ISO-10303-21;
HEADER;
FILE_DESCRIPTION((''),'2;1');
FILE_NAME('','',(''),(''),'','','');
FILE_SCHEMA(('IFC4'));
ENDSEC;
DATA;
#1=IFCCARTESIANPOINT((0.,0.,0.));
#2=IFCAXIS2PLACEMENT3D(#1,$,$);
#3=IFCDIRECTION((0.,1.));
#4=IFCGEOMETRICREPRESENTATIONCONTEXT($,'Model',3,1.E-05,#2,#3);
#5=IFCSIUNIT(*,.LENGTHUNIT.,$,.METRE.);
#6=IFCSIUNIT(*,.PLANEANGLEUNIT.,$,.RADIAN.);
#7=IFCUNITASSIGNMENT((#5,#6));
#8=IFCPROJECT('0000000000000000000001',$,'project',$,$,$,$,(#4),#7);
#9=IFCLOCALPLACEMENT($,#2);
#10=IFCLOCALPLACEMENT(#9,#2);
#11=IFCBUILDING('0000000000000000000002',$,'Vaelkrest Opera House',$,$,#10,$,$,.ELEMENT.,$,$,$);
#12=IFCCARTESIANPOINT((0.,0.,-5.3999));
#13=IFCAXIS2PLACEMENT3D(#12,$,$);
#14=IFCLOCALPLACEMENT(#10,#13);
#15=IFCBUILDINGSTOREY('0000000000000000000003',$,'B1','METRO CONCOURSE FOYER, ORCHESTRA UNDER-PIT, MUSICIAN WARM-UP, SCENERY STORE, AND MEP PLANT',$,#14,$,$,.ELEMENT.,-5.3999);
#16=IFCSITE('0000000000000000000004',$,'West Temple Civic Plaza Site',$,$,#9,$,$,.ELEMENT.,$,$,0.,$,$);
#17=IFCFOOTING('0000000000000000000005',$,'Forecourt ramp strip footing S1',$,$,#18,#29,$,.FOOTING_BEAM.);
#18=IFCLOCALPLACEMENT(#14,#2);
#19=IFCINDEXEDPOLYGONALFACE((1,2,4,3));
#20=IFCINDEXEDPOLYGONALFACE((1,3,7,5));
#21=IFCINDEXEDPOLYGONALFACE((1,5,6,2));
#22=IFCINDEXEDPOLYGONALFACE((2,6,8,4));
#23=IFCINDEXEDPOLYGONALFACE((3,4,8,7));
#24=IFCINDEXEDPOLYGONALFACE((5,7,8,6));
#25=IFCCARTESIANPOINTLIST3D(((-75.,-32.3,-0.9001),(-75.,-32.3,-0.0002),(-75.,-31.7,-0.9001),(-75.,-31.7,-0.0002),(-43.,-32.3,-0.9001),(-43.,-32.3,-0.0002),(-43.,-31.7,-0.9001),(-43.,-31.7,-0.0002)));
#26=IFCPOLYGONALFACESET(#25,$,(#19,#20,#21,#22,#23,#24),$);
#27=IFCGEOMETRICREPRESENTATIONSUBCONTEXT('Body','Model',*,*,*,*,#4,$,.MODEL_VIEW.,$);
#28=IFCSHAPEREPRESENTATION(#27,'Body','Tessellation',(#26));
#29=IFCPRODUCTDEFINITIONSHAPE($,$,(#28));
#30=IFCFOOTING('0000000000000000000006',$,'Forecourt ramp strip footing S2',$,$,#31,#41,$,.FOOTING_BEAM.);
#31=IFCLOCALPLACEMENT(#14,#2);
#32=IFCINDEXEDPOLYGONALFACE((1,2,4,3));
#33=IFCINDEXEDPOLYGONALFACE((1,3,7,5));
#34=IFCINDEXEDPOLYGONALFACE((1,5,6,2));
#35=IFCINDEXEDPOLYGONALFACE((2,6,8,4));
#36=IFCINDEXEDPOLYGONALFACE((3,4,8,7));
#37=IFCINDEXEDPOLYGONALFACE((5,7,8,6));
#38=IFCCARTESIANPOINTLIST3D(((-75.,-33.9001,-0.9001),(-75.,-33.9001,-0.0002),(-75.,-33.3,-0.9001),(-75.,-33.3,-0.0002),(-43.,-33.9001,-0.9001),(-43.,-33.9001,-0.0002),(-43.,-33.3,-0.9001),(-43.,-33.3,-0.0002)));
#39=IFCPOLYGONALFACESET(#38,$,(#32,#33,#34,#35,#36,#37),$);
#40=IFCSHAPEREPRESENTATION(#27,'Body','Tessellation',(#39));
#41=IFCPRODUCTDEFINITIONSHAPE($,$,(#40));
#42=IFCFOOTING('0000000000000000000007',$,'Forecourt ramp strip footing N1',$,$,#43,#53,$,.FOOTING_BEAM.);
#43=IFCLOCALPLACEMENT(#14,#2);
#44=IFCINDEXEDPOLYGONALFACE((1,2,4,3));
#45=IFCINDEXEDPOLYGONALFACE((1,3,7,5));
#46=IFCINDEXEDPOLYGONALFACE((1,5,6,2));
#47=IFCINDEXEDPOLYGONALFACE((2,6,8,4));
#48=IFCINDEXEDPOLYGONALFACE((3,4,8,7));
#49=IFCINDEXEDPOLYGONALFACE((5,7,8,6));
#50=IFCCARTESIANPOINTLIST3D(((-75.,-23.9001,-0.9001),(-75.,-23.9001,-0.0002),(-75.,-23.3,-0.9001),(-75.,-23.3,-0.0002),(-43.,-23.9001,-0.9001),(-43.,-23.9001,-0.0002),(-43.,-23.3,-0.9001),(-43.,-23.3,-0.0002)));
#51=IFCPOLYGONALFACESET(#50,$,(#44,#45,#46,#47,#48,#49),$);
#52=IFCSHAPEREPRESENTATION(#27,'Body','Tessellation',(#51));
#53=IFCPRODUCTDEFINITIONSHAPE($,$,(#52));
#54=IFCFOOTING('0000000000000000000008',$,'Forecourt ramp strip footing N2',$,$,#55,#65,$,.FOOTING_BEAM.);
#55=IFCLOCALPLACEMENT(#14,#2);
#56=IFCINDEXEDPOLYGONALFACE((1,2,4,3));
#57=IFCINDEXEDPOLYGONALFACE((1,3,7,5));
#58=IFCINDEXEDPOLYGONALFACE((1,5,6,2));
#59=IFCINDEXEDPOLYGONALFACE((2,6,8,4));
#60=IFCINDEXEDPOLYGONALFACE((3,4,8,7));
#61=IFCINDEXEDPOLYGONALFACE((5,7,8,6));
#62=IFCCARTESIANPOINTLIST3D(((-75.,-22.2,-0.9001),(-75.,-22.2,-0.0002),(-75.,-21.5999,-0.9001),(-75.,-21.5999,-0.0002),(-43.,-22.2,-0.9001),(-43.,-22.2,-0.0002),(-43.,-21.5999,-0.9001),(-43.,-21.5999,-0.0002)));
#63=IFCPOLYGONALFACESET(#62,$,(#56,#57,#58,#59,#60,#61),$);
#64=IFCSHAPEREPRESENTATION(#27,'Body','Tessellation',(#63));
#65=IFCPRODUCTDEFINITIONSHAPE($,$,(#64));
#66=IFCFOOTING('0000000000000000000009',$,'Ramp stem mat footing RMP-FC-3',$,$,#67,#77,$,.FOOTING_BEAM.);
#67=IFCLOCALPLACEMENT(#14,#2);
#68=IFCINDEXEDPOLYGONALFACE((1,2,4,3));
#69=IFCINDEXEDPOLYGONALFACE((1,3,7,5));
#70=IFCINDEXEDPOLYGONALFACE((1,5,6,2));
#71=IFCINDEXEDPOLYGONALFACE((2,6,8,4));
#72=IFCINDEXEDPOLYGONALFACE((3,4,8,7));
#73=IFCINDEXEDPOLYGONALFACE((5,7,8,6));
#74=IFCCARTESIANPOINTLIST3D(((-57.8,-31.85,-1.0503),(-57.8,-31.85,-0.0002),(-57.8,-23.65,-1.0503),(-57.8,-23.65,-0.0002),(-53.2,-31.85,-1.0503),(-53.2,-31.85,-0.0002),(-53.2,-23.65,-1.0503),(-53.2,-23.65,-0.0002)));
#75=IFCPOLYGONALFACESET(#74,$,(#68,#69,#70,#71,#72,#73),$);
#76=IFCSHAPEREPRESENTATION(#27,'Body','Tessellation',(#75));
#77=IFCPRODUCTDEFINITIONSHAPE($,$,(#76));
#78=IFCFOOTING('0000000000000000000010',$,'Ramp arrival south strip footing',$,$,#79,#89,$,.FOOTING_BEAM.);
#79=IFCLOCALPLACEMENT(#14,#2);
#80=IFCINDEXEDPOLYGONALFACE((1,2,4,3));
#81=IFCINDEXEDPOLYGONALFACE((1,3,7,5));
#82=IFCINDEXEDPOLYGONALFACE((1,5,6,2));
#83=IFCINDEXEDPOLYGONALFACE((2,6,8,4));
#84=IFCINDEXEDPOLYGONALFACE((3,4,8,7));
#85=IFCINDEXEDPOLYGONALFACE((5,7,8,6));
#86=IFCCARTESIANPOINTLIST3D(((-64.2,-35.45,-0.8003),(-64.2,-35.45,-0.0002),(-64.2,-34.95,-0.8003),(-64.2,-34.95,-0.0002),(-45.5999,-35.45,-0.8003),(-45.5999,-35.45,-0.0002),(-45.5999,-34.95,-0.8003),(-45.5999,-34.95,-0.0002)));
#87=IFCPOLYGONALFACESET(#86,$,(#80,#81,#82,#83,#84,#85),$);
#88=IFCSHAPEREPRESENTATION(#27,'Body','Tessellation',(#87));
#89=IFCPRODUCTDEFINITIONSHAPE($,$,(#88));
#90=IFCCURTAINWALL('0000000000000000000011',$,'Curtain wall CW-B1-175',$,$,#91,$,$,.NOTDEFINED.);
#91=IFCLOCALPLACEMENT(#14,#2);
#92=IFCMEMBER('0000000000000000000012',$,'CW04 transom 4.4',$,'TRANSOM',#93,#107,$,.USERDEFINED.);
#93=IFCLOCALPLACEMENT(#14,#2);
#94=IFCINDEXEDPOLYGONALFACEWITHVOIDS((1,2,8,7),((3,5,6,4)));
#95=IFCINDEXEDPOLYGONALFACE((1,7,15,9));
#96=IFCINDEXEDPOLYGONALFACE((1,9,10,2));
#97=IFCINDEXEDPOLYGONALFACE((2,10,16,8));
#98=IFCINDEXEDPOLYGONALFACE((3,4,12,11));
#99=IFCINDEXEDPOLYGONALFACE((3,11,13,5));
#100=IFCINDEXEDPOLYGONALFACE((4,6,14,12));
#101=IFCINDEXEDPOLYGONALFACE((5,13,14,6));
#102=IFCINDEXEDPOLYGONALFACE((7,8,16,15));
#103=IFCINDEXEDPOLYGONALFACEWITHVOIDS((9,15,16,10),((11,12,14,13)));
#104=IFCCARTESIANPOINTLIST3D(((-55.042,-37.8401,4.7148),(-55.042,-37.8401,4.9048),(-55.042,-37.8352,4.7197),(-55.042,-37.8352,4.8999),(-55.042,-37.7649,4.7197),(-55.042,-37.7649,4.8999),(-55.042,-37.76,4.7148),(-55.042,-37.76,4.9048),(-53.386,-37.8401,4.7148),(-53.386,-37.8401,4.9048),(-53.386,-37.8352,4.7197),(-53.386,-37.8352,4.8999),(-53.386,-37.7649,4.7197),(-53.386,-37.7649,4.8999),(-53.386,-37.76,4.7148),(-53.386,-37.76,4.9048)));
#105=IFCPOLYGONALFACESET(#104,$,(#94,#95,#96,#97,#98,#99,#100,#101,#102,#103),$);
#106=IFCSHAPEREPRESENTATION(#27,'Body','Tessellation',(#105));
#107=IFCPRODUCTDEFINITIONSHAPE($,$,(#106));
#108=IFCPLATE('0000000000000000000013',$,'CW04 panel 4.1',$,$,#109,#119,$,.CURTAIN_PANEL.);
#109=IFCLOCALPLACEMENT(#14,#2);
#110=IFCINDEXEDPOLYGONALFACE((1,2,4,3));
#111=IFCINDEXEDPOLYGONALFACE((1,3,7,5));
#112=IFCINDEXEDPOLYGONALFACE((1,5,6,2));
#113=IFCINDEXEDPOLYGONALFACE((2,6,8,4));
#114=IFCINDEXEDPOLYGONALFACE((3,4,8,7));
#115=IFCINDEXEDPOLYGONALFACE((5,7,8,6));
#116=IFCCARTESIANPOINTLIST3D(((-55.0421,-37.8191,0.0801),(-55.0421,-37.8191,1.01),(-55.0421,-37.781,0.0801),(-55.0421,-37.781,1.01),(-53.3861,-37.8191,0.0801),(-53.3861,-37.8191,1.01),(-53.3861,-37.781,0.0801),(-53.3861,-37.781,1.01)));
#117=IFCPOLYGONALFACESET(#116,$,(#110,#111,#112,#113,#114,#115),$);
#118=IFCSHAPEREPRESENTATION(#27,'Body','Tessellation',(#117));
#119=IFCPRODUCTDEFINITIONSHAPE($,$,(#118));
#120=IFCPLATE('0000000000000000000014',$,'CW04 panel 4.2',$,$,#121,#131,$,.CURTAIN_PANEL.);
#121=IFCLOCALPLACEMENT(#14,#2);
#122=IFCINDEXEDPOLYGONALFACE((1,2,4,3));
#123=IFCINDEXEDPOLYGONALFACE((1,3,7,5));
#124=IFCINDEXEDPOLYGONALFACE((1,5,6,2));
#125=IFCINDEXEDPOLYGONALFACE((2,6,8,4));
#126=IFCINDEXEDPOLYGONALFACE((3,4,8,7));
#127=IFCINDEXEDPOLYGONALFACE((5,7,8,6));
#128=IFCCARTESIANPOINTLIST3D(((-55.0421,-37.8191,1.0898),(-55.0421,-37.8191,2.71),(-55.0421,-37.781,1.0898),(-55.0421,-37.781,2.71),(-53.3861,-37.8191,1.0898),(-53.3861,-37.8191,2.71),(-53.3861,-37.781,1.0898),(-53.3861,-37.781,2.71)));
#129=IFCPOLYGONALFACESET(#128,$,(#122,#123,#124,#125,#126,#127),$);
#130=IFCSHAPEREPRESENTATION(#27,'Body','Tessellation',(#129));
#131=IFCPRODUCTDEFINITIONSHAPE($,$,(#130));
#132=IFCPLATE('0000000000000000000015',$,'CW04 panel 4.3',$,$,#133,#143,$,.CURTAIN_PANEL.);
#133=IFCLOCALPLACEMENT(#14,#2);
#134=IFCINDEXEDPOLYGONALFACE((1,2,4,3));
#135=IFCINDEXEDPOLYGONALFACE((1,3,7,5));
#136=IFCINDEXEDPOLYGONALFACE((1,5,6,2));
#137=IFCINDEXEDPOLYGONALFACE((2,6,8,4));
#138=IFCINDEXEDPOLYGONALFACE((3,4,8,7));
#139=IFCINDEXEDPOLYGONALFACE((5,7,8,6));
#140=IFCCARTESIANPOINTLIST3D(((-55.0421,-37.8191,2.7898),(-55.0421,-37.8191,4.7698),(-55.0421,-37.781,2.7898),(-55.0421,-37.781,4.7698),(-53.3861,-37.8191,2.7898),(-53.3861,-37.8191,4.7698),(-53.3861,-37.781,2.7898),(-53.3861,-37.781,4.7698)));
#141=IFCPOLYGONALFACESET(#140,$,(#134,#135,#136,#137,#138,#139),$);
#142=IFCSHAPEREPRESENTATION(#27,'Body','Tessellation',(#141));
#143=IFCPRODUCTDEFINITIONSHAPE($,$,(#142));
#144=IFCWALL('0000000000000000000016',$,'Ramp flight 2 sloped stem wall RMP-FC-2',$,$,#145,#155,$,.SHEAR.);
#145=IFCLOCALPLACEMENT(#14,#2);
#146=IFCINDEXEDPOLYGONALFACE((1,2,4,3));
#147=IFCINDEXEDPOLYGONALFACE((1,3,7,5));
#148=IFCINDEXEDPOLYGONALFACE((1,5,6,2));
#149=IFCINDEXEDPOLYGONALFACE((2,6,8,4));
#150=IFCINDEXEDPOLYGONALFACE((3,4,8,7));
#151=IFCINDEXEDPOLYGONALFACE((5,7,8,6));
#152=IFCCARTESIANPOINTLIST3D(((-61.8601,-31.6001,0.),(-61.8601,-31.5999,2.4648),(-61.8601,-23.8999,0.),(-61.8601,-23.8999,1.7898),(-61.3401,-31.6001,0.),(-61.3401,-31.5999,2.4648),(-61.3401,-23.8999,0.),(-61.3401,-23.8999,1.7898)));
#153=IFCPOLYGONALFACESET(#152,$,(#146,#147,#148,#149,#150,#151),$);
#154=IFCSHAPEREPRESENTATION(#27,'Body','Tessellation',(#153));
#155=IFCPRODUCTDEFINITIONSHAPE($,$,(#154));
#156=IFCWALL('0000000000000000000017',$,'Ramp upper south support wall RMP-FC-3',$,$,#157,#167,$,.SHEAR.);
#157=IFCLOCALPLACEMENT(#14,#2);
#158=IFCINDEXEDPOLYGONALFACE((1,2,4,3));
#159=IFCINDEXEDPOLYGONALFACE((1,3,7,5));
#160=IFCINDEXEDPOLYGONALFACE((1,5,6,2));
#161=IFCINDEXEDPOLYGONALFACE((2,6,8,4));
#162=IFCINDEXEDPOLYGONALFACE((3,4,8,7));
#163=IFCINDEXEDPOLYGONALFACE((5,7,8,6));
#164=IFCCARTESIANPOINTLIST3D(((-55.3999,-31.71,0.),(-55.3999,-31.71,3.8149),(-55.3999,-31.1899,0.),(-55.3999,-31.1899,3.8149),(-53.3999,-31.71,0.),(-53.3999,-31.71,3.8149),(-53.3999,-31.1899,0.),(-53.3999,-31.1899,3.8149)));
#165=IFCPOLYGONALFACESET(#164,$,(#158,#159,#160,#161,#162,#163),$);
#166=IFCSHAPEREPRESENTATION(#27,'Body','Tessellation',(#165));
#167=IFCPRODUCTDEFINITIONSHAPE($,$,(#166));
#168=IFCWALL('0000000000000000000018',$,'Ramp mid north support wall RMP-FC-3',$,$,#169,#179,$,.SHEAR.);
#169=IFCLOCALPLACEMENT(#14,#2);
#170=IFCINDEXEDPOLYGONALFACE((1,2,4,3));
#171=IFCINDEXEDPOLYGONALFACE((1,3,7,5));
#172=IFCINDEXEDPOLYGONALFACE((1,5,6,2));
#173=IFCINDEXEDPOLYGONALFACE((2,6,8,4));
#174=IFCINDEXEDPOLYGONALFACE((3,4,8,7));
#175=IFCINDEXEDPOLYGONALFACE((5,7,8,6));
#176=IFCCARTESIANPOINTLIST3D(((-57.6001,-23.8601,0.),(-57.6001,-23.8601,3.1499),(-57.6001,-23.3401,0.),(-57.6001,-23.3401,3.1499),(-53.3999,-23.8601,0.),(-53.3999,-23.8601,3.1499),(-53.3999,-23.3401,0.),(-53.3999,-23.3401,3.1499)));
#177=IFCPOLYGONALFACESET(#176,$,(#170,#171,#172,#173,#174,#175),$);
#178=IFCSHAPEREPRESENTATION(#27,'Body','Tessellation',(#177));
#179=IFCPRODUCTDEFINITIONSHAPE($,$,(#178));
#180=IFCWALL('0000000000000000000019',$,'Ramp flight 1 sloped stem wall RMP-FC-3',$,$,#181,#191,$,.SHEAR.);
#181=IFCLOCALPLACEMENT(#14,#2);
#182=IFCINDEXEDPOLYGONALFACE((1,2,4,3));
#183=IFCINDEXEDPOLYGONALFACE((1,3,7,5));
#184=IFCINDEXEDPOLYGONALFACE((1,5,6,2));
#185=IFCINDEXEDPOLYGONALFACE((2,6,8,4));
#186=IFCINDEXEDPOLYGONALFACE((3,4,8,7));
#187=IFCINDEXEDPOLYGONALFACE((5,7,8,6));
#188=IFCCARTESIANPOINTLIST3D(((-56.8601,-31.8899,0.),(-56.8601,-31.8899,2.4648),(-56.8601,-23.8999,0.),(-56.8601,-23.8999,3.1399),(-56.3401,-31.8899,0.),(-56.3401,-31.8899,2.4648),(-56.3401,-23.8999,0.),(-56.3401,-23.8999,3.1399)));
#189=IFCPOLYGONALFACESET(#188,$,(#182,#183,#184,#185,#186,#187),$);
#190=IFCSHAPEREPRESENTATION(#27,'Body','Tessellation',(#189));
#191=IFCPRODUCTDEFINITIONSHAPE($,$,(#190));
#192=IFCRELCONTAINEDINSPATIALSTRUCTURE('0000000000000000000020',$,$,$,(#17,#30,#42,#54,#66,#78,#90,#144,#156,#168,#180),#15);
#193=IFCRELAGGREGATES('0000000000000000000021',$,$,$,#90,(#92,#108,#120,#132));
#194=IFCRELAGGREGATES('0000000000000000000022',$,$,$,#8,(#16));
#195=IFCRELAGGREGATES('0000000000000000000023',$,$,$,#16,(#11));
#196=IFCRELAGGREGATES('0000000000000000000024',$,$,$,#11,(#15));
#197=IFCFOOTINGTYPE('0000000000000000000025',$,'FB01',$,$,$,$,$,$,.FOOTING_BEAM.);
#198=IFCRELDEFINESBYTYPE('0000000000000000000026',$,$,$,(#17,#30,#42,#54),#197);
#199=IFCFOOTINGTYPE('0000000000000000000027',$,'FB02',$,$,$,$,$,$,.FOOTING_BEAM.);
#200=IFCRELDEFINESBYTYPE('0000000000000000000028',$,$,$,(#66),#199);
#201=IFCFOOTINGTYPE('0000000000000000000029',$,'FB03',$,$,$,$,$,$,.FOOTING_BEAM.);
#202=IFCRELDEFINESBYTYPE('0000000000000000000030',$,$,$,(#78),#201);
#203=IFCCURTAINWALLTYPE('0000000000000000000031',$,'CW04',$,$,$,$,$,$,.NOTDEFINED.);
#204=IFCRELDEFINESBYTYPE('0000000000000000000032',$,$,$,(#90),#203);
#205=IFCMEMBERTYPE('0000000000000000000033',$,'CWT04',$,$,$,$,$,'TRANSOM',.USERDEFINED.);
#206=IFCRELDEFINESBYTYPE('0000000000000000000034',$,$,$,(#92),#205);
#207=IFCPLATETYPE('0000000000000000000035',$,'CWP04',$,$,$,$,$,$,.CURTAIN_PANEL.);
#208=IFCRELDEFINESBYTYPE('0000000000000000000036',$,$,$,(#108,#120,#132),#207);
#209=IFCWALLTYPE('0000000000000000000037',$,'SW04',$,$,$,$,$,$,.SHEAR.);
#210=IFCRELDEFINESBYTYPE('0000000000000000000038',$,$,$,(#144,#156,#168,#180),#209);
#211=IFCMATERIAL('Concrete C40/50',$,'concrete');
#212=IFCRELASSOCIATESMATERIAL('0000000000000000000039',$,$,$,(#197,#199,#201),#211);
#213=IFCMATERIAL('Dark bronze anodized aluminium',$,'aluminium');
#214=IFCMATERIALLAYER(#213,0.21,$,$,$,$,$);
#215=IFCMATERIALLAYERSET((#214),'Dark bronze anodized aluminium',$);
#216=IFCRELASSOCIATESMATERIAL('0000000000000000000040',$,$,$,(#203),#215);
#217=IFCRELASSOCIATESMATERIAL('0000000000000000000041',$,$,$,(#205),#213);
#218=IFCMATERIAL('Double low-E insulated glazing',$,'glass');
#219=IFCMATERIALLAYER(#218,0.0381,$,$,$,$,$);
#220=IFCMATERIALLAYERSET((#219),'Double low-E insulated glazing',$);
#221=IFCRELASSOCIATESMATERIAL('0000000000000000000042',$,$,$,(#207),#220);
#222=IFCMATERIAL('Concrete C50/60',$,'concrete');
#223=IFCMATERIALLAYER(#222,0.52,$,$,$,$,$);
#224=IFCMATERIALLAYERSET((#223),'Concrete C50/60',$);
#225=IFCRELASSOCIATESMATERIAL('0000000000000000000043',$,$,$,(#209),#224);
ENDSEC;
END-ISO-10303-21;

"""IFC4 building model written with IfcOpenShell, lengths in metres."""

from ifc_helpers import new_model, si_unit, direction, frame, frame_2d, origin, origin_2d, place, context, subcontext, project, spatial, polyline, rectangle, hollow_rectangle, outline, extrude, material, layer, layer_set, material_profile, profile_set, type_object, element, aggregate, save


model = new_model("IFC4")

# Units and contexts
model_context = context("Model", 3, precision=1e-05, world=origin(), true_north=direction((0.0, 1.0)))
body_context = subcontext(model_context, "Body", "Model", "MODEL_VIEW")
ifc_project = project(units=[si_unit("LENGTHUNIT", "METRE"), si_unit("PLANEANGLEUNIT", "RADIAN")], contexts=[model_context])

# Site, building, storey
site_placement = place(None, origin())
site = spatial("IfcSite", under=ifc_project, at=site_placement, Name="West Temple Civic Plaza Site", CompositionType="ELEMENT", RefElevation=0.0)
building_placement = place(site_placement, origin())
building = spatial("IfcBuilding", under=site, at=building_placement, Name="Vaelkrest Opera House", CompositionType="ELEMENT")
storey_placement = place(building_placement, frame((0.0, 0.0, -5.3999)))
storey = spatial("IfcBuildingStorey", under=building, at=storey_placement, Name="B1", Description="METRO CONCOURSE FOYER, ORCHESTRA UNDER-PIT, MUSICIAN WARM-UP, SCENERY STORE, AND MEP PLANT", CompositionType="ELEMENT", Elevation=-5.3999)

# Footings
ifc_material_1 = material(Name="Concrete C40/50", Category="concrete")
footing_type_1 = type_object("IfcFootingType", Name="FB01", PredefinedType="FOOTING_BEAM", material=ifc_material_1)
for number, where, z_axis, x_axis, name in (
    (1, (-59.0, -32.0, -0.9001), (0.0, 0.0, 1.0), (1.0, 0.0, 0.0), "Forecourt ramp strip footing S1"),
    (2, (-59.0, -33.6001, -0.9001), (0.0, 0.0, 1.0), (1.0, 0.0, 0.0), "Forecourt ramp strip footing S2"),
    (3, (-59.0, -23.6001, -0.9001), (0.0, 0.0, 1.0), (1.0, 0.0, 0.0), "Forecourt ramp strip footing N1"),
    (4, (-59.0, -21.8999, -0.9001), (0.0, 0.0, 1.0), (1.0, 0.0, 0.0), "Forecourt ramp strip footing N2"),
):
    element("IfcFooting", number, at=place(storey_placement, frame(where, z_axis=z_axis, x_axis=x_axis)), inside=storey, type_object=footing_type_1, Name=name, PredefinedType="FOOTING_BEAM", context=body_context, shape_type="SweptSolid", body=[
        extrude(rectangle(XDim=32.0, YDim=0.6001, at=origin_2d()), origin(), (0.0, 0.0, 1.0), 0.8999),
    ])
footing_type_2 = type_object("IfcFootingType", Name="FB02", PredefinedType="FOOTING_BEAM", material=ifc_material_1)
footing_1_placement = place(storey_placement, frame((-55.5, -27.75, -1.0503), z_axis=(0.0, 0.0, 1.0), x_axis=(1.0, 0.0, 0.0)))
element("IfcFooting", 5, at=footing_1_placement, inside=storey, type_object=footing_type_2, Name="Ramp stem mat footing RMP-FC-3", PredefinedType="FOOTING_BEAM", context=body_context, shape_type="SweptSolid", body=[
    extrude(rectangle(XDim=4.6001, YDim=8.2, at=origin_2d()), origin(), (0.0, 0.0, 1.0), 1.05),
])
footing_type_3 = type_object("IfcFootingType", Name="FB03", PredefinedType="FOOTING_BEAM", material=ifc_material_1)
footing_2_placement = place(storey_placement, frame((-54.8999, -35.2, -0.8003), z_axis=(0.0, 0.0, 1.0), x_axis=(1.0, 0.0, 0.0)))
element("IfcFooting", 6, at=footing_2_placement, inside=storey, type_object=footing_type_3, Name="Ramp arrival south strip footing", PredefinedType="FOOTING_BEAM", context=body_context, shape_type="SweptSolid", body=[
    extrude(rectangle(XDim=18.6001, YDim=0.5, at=origin_2d()), origin(), (0.0, 0.0, 1.0), 0.8),
])

# Curtain wall, member, plates
ifc_material_2 = material(Name="Dark bronze anodized aluminium", Category="aluminium")
ifc_layer_1 = layer(ifc_material_2, 0.21)
ifc_layer_set_1 = layer_set([ifc_layer_1], Name="Dark bronze anodized aluminium")
curtain_wall_type = type_object("IfcCurtainWallType", Name="CW04", PredefinedType="NOTDEFINED", material=ifc_layer_set_1)
curtain_wall_placement = place(storey_placement, origin())
curtain_wall = element("IfcCurtainWall", 7, at=curtain_wall_placement, inside=storey, type_object=curtain_wall_type, Name="Curtain wall CW-B1-175", PredefinedType="NOTDEFINED")
ifc_material_profile = material_profile(ifc_material_2, hollow_rectangle(XDim=0.0801, YDim=0.1899, WallThickness=0.0049, at=origin_2d()), Name="CWT80X190")
ifc_profile_set = profile_set([ifc_material_profile], Name="Dark bronze anodized aluminium")
member_type = type_object("IfcMemberType", Name="CWT04", ElementType="TRANSOM", PredefinedType="USERDEFINED", material=ifc_profile_set)
member_placement = place(storey_placement, frame((-55.042, -37.8, 4.8098), z_axis=(1.0, 0.0, 0.0), x_axis=(0.0, 1.0, 0.0)))
member = element("IfcMember", 8, at=member_placement, type_object=member_type, Name="CW04 transom 4.4", ObjectType="TRANSOM", PredefinedType="USERDEFINED", context=body_context, shape_type="SweptSolid", body=[
    extrude(hollow_rectangle(XDim=0.0801, YDim=0.1899, WallThickness=0.0049, at=origin_2d()), origin(), (0.0, 0.0, 1.0), 1.656),
])
ifc_material_3 = material(Name="Double low-E insulated glazing", Category="glass")
ifc_layer_2 = layer(ifc_material_3, 0.0381)
ifc_layer_set_2 = layer_set([ifc_layer_2], Name="Double low-E insulated glazing")
plate_type = type_object("IfcPlateType", Name="CWP04", PredefinedType="CURTAIN_PANEL", material=ifc_layer_set_2)
plate_1_placement = place(storey_placement, frame((-54.2141, -37.8, 0.0801), z_axis=(0.0, 0.0, 1.0), x_axis=(1.0, 0.0, 0.0)))
plate_1 = element("IfcPlate", 9, at=plate_1_placement, type_object=plate_type, Name="CW04 panel 4.1", PredefinedType="CURTAIN_PANEL", context=body_context, shape_type="SweptSolid", body=[
    extrude(rectangle(XDim=1.656, YDim=0.0381, at=origin_2d()), origin(), (0.0, 0.0, 1.0), 0.9299),
])
plate_2_placement = place(storey_placement, frame((-54.2141, -37.8, 1.0898), z_axis=(0.0, 0.0, 1.0), x_axis=(1.0, 0.0, 0.0)))
plate_2 = element("IfcPlate", 10, at=plate_2_placement, type_object=plate_type, Name="CW04 panel 4.2", PredefinedType="CURTAIN_PANEL", context=body_context, shape_type="SweptSolid", body=[
    extrude(rectangle(XDim=1.656, YDim=0.0381, at=origin_2d()), origin(), (0.0, 0.0, 1.0), 1.6201),
])
plate_3_placement = place(storey_placement, frame((-54.2141, -37.8, 2.7898), z_axis=(0.0, 0.0, 1.0), x_axis=(1.0, 0.0, 0.0)))
plate_3 = element("IfcPlate", 11, at=plate_3_placement, type_object=plate_type, Name="CW04 panel 4.3", PredefinedType="CURTAIN_PANEL", context=body_context, shape_type="SweptSolid", body=[
    extrude(rectangle(XDim=1.656, YDim=0.0381, at=origin_2d()), origin(), (0.0, 0.0, 1.0), 1.98),
])
aggregate(curtain_wall, [member, plate_1, plate_2, plate_3])

# Walls
ifc_material_4 = material(Name="Concrete C50/60", Category="concrete")
ifc_layer_3 = layer(ifc_material_4, 0.52)
ifc_layer_set_3 = layer_set([ifc_layer_3], Name="Concrete C50/60")
wall_type = type_object("IfcWallType", Name="SW04", PredefinedType="SHEAR", material=ifc_layer_set_3)
wall_1_placement = place(storey_placement, frame((-61.6001, -23.8999, 0.0), z_axis=(0.0, 0.0, 1.0), x_axis=(0.0, -1.0, 0.0)))
element("IfcWall", 12, at=wall_1_placement, inside=storey, type_object=wall_type, Name="Ramp flight 2 sloped stem wall RMP-FC-2", PredefinedType="SHEAR", context=body_context, shape_type="SweptSolid", body=[
    extrude(outline(polyline([(0.0, 0.0), (7.7002, 0.0), (7.7, 2.4648), (0.0, 1.7898), (0.0, 0.0)])), frame((0.0, 0.26, 0.0), z_axis=(0.0, -1.0, 0.0), x_axis=(1.0, 0.0, 0.0)), (0.0, 0.0, 1.0), 0.52),
])
wall_2_placement = place(storey_placement, frame((-55.3999, -31.45, 0.0), z_axis=(0.0, 0.0, 1.0), x_axis=(1.0, 0.0, 0.0)))
element("IfcWall", 13, at=wall_2_placement, inside=storey, type_object=wall_type, Name="Ramp upper south support wall RMP-FC-3", PredefinedType="SHEAR", context=body_context, shape_type="SweptSolid", body=[
    extrude(rectangle(XDim=2.0, YDim=0.52, at=frame_2d((1.0, 0.0))), origin(), (0.0, 0.0, 1.0), 3.8149),
])
wall_3_placement = place(storey_placement, frame((-57.6001, -23.6001, 0.0), z_axis=(0.0, 0.0, 1.0), x_axis=(1.0, 0.0, 0.0)))
element("IfcWall", 14, at=wall_3_placement, inside=storey, type_object=wall_type, Name="Ramp mid north support wall RMP-FC-3", PredefinedType="SHEAR", context=body_context, shape_type="SweptSolid", body=[
    extrude(rectangle(XDim=4.2002, YDim=0.52, at=frame_2d((2.1001, 0.0))), origin(), (0.0, 0.0, 1.0), 3.1499),
])
wall_4_placement = place(storey_placement, frame((-56.6001, -31.8899, 0.0), z_axis=(0.0, 0.0, 1.0), x_axis=(0.0, 1.0, 0.0)))
element("IfcWall", 15, at=wall_4_placement, inside=storey, type_object=wall_type, Name="Ramp flight 1 sloped stem wall RMP-FC-3", PredefinedType="SHEAR", context=body_context, shape_type="SweptSolid", body=[
    extrude(outline(polyline([(0.0, 0.0), (7.99, 0.0), (7.99, 3.1399), (0.0, 2.4648), (0.0, 0.0)])), frame((0.0, 0.26, 0.0), z_axis=(0.0, -1.0, 0.0), x_axis=(1.0, 0.0, 0.0)), (0.0, 0.0, 1.0), 0.52),
])

save(model, "model.ifc")
